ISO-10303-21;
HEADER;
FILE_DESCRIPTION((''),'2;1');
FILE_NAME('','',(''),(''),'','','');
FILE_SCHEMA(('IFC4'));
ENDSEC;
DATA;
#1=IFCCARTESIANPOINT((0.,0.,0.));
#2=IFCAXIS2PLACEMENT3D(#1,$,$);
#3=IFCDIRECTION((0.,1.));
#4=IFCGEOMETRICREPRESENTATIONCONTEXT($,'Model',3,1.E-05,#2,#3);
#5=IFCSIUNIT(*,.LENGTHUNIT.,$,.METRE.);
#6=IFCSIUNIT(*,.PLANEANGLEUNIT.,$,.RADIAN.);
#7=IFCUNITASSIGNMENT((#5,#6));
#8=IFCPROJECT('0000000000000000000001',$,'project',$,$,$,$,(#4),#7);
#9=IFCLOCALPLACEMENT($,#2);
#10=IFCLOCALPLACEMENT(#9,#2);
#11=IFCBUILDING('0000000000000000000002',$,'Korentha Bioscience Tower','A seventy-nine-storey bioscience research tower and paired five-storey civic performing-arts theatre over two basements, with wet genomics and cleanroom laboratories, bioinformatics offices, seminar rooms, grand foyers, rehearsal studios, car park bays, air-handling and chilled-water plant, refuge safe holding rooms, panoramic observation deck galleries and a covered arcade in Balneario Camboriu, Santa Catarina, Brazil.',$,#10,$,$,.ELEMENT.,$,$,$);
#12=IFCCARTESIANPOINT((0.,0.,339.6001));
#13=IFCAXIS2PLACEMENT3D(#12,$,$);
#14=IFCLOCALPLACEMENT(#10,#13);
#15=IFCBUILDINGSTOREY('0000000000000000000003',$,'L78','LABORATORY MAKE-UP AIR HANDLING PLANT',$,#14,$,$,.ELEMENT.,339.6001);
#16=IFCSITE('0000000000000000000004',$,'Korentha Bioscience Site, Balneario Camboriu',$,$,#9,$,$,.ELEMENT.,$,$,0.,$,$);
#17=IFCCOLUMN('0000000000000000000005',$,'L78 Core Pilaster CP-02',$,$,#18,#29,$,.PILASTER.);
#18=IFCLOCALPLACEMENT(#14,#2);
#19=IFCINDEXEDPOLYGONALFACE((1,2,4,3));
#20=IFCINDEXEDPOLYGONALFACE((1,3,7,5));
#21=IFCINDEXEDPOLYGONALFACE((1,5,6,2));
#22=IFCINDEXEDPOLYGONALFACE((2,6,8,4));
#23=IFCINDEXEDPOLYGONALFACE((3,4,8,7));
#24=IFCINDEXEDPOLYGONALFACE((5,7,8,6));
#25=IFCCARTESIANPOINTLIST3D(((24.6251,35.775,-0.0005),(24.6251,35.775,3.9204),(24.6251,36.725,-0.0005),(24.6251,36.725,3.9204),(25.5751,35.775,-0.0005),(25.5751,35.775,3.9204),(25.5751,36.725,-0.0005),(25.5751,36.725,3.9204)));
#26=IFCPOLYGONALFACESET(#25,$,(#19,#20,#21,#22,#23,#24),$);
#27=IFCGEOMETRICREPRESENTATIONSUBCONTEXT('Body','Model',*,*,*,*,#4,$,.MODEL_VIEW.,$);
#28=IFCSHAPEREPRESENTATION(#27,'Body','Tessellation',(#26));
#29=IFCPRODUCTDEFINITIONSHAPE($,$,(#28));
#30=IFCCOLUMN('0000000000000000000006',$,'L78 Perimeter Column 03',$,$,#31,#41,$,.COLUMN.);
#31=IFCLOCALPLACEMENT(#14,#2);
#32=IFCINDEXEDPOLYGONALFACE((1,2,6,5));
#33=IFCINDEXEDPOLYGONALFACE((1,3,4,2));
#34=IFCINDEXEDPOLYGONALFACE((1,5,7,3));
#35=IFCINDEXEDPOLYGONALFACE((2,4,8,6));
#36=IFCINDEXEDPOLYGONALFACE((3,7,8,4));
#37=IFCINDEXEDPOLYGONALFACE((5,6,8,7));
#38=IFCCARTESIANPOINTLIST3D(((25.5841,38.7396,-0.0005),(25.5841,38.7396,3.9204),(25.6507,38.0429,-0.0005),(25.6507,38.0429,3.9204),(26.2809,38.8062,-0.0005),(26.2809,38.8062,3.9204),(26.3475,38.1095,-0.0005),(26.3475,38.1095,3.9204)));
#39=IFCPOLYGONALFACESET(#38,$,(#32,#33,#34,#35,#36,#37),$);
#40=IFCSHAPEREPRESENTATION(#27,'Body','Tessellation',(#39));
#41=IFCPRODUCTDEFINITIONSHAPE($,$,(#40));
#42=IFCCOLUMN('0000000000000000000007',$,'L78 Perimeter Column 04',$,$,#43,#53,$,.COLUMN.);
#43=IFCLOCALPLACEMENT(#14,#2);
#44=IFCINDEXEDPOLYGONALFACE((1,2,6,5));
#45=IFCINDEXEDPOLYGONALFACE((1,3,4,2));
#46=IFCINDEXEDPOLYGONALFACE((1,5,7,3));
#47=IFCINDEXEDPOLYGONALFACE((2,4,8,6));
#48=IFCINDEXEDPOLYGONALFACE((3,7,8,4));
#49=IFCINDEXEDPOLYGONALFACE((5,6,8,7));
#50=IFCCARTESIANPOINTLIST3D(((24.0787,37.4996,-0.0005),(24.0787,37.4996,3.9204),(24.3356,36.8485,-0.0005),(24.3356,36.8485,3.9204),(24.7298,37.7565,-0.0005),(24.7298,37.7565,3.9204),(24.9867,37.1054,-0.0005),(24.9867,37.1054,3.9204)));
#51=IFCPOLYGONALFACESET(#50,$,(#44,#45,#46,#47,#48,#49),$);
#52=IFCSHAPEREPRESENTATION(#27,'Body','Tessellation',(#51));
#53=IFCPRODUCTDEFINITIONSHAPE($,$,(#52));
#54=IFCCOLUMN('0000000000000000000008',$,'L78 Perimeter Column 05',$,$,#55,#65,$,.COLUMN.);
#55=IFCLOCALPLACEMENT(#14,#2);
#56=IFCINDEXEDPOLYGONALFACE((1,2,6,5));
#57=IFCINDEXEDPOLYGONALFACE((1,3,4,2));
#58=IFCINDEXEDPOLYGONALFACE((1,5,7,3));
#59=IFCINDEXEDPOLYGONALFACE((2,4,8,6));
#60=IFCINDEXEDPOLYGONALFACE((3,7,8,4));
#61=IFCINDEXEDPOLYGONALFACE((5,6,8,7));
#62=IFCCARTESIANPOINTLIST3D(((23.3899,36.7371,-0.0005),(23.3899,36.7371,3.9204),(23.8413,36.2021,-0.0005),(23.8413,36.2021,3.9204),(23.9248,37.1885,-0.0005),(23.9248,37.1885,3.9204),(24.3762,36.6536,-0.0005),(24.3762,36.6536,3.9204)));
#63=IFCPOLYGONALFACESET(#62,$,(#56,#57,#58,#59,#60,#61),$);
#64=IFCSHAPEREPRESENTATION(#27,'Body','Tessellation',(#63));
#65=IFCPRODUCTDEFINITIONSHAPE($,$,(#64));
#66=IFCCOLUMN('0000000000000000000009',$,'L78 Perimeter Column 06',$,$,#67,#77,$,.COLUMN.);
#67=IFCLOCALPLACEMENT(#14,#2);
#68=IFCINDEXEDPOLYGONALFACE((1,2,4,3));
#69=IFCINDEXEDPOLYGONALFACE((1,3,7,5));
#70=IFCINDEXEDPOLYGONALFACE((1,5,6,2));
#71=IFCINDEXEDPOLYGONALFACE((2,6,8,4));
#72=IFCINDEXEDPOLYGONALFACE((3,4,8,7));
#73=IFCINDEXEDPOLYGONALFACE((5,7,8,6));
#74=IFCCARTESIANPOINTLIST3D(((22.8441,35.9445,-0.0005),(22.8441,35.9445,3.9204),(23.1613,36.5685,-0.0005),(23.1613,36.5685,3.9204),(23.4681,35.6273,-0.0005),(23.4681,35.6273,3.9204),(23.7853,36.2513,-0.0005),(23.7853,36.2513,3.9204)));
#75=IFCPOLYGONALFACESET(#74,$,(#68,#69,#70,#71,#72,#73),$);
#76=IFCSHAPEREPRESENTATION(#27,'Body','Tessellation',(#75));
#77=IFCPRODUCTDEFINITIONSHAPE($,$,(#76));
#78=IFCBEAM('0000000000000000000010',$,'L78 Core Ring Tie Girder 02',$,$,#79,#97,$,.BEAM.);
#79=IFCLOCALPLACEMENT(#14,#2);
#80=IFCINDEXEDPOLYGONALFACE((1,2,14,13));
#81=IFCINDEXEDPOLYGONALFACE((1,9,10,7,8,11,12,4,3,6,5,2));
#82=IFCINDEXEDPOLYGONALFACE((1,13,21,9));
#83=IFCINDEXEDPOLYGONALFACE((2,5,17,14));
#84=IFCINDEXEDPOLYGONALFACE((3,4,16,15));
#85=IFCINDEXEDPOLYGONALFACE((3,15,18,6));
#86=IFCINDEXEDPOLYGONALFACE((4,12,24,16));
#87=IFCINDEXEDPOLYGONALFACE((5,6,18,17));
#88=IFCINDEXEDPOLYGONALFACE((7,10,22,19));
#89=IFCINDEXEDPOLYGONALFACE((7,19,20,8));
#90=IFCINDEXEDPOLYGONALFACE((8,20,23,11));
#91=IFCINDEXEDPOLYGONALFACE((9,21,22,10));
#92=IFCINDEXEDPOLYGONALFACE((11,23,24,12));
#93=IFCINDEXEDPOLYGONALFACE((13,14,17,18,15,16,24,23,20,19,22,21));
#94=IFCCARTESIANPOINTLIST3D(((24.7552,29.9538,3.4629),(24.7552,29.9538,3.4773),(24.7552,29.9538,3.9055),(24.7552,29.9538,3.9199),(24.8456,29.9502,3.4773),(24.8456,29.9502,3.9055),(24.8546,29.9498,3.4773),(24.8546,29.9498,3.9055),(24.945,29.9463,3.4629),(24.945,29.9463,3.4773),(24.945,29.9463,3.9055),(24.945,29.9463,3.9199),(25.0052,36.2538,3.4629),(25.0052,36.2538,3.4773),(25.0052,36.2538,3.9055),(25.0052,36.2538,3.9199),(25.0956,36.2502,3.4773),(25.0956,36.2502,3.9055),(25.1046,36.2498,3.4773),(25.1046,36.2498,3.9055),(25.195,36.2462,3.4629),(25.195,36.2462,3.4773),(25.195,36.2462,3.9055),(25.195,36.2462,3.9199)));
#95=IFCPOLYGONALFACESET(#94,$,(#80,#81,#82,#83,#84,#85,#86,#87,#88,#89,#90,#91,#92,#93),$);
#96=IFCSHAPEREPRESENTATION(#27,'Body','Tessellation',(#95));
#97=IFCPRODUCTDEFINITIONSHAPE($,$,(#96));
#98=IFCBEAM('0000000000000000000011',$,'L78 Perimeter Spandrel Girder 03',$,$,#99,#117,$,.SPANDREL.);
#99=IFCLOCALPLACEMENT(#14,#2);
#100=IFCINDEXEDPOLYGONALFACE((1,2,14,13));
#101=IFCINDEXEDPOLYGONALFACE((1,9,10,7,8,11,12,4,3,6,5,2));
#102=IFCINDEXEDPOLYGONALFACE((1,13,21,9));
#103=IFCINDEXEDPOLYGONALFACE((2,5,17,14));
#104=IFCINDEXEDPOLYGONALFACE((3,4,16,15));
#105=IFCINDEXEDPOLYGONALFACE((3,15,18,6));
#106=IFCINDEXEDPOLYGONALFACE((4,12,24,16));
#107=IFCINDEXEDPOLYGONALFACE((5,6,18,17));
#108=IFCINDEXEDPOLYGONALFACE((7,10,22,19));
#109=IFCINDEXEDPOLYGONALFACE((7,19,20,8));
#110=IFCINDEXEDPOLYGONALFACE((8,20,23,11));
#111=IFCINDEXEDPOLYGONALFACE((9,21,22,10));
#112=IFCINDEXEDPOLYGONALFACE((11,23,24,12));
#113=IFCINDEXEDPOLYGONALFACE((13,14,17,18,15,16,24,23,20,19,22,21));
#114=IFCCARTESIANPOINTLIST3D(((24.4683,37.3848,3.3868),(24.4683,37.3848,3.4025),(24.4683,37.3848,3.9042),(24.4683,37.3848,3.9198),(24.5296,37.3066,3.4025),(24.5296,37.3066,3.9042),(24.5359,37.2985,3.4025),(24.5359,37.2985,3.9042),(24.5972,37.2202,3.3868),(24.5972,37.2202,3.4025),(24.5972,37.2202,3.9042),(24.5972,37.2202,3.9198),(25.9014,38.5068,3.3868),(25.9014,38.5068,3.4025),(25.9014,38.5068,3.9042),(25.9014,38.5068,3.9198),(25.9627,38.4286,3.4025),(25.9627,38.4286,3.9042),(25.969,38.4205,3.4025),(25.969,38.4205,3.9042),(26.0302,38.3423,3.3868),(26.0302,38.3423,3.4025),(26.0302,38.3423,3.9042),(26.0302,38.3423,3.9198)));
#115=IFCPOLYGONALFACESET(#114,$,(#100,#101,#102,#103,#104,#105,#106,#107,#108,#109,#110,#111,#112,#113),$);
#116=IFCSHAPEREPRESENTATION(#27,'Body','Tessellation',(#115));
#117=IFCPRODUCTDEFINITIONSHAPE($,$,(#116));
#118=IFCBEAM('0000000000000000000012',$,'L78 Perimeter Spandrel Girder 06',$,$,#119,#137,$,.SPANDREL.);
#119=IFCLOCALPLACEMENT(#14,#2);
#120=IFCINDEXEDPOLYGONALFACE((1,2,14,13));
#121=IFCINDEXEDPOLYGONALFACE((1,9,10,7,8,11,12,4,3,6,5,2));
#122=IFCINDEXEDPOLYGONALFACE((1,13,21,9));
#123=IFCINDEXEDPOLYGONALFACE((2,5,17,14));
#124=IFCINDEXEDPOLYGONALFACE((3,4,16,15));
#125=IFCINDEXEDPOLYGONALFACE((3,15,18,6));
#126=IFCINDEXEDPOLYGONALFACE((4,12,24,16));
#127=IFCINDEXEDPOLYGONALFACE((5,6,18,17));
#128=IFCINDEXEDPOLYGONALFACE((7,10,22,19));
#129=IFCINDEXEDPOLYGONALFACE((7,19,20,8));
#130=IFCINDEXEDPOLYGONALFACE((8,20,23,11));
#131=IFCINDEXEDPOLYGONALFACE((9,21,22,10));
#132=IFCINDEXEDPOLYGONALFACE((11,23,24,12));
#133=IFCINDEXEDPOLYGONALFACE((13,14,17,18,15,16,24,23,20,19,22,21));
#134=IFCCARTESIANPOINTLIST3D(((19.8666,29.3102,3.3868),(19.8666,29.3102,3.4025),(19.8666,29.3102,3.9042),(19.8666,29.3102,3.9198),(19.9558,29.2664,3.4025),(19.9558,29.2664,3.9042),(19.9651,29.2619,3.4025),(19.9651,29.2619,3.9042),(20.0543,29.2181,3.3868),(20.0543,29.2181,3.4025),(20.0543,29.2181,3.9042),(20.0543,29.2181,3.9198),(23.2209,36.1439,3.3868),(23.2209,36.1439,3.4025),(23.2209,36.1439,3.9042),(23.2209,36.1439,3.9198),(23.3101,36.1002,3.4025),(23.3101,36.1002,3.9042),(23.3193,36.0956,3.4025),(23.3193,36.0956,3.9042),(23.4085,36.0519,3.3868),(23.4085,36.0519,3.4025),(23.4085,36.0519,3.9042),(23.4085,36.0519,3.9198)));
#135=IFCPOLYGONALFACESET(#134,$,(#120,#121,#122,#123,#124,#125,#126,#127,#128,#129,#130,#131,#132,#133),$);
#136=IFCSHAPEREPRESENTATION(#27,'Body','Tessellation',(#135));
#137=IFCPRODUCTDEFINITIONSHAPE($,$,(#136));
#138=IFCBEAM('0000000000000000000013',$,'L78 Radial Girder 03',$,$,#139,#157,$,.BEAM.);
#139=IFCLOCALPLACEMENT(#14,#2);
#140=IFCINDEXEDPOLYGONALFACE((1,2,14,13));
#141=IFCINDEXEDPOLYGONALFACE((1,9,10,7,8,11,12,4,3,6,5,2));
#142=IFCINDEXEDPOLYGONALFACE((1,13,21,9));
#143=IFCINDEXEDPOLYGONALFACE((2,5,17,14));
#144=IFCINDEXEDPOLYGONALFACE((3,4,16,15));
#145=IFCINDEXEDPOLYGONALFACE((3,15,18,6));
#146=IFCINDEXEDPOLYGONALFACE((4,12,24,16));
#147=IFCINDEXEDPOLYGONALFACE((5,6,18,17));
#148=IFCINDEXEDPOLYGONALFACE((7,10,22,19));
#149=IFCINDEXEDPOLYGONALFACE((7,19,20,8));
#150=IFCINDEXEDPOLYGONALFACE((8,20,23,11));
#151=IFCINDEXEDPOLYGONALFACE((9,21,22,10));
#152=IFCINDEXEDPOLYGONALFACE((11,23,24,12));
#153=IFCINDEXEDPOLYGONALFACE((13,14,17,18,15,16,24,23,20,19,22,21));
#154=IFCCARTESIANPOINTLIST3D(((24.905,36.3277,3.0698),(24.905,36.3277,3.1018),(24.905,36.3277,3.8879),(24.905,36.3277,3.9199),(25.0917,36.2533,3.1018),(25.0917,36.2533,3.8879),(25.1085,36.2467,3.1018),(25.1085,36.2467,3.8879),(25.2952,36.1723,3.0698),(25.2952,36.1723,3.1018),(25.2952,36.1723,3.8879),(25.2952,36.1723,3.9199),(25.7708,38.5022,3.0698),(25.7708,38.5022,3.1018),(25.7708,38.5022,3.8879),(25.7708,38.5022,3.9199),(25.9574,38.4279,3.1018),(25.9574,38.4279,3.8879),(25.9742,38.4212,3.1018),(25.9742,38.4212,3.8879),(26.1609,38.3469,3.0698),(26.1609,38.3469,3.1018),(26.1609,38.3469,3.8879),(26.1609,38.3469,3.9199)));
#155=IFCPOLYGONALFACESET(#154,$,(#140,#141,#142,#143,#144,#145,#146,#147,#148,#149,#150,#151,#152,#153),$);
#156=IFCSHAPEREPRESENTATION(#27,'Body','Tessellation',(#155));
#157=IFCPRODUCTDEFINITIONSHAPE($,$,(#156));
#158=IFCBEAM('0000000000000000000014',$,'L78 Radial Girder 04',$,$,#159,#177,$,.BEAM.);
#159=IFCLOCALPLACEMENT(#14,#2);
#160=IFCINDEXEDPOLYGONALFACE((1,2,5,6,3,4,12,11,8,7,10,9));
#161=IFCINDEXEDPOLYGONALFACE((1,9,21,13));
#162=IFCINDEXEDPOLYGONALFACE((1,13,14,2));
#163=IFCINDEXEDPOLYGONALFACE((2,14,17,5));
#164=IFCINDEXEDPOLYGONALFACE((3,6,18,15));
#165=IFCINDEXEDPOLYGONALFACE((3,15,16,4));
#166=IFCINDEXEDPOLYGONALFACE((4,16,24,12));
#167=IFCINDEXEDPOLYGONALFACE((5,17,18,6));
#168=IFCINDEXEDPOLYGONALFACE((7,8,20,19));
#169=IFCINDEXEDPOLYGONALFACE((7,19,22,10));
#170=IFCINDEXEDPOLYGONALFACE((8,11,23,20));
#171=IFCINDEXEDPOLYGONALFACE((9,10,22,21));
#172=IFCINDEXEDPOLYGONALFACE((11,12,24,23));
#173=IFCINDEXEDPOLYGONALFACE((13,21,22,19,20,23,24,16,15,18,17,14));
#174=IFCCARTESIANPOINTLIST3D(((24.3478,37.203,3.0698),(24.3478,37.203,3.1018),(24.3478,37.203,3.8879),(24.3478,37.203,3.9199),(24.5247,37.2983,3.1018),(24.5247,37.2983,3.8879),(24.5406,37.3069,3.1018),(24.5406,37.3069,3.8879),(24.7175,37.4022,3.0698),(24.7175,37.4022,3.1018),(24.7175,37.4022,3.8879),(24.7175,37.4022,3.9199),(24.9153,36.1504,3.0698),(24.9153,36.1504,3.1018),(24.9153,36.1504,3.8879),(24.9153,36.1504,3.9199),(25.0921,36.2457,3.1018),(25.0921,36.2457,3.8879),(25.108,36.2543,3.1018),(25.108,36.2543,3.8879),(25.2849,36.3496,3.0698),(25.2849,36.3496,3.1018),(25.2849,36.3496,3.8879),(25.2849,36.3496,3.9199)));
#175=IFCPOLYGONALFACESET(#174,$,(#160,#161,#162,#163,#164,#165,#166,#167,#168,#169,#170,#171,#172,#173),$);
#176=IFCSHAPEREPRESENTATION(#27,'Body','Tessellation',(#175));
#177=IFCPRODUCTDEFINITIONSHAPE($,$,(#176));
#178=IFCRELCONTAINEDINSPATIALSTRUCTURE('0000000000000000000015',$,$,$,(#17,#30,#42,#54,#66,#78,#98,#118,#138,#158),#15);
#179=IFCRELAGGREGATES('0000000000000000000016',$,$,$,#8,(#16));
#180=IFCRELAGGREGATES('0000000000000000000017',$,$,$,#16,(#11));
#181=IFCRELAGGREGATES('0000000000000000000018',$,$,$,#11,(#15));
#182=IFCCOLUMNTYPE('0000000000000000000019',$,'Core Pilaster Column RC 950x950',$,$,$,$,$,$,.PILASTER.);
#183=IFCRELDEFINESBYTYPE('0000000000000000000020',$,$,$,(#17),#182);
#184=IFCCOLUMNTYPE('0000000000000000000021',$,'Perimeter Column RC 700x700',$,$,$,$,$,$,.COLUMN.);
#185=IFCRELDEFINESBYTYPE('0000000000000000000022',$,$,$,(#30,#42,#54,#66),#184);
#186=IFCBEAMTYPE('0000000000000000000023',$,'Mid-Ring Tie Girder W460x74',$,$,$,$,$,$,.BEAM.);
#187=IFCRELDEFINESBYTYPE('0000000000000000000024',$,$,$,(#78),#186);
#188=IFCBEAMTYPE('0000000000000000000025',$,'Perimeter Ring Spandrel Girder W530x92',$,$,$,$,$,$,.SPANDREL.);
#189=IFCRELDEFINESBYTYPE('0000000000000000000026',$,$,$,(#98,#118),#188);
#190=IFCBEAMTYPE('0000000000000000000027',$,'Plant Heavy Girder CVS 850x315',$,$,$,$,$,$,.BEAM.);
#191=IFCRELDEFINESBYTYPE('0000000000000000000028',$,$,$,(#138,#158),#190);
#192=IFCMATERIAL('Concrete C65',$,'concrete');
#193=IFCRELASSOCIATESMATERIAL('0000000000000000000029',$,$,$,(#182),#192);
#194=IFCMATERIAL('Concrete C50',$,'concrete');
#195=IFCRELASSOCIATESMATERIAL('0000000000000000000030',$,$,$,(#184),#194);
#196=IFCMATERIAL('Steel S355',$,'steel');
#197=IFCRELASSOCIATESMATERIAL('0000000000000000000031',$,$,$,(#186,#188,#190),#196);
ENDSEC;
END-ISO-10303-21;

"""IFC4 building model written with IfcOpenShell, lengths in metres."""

from ifc_helpers import new_model, si_unit, direction, frame, origin, origin_2d, place, context, subcontext, project, spatial, rectangle, i_section, extrude, material, material_profile, profile_set, type_object, element, save


model = new_model("IFC4")

# Units and contexts
model_context = context("Model", 3, precision=1e-05, world=origin(), true_north=direction((0.0, 1.0)))
body_context = subcontext(model_context, "Body", "Model", "MODEL_VIEW")
ifc_project = project(units=[si_unit("LENGTHUNIT", "METRE"), si_unit("PLANEANGLEUNIT", "RADIAN")], contexts=[model_context])

# Site, building, storey
site_placement = place(None, origin())
site = spatial("IfcSite", under=ifc_project, at=site_placement, Name="Korentha Bioscience Site, Balneario Camboriu", CompositionType="ELEMENT", RefElevation=0.0)
building_placement = place(site_placement, origin())
building = spatial("IfcBuilding", under=site, at=building_placement, Name="Korentha Bioscience Tower", Description="A seventy-nine-storey bioscience research tower and paired five-storey civic performing-arts theatre over two basements, with wet genomics and cleanroom laboratories, bioinformatics offices, seminar rooms, grand foyers, rehearsal studios, car park bays, air-handling and chilled-water plant, refuge safe holding rooms, panoramic observation deck galleries and a covered arcade in Balneario Camboriu, Santa Catarina, Brazil.", CompositionType="ELEMENT")
storey_placement = place(building_placement, frame((0.0, 0.0, 339.6001)))
storey = spatial("IfcBuildingStorey", under=building, at=storey_placement, Name="L78", Description="LABORATORY MAKE-UP AIR HANDLING PLANT", CompositionType="ELEMENT", Elevation=339.6001)

# Columns
ifc_material_1 = material(Name="Concrete C65", Category="concrete")
ifc_material_profile_1 = material_profile(ifc_material_1, rectangle(XDim=0.95, YDim=0.95, at=origin_2d()), Name="Concrete C65")
ifc_profile_set_1 = profile_set([ifc_material_profile_1], Name="Concrete C65 (COL-CP09)")
column_type_1 = type_object("IfcColumnType", Name="Core Pilaster Column RC 950x950", PredefinedType="PILASTER", material=ifc_profile_set_1)
column_placement = place(storey_placement, frame((25.1001, 36.25, -0.0005), z_axis=(0.0, 0.0, 1.0), x_axis=(1.0, 0.0, 0.0)))
element("IfcColumn", 1, at=column_placement, inside=storey, type_object=column_type_1, Name="L78 Core Pilaster CP-02", PredefinedType="PILASTER", context=body_context, shape_type="SweptSolid", body=[
    extrude(rectangle(XDim=0.95, YDim=0.95, at=origin_2d()), origin(), (0.0, 0.0, 1.0), 3.9209),
])
ifc_material_2 = material(Name="Concrete C50", Category="concrete")
ifc_material_profile_2 = material_profile(ifc_material_2, rectangle(XDim=0.7, YDim=0.7, at=origin_2d()), Name="Concrete C50")
ifc_profile_set_2 = profile_set([ifc_material_profile_2], Name="Concrete C50 (COL-P07)")
column_type_2 = type_object("IfcColumnType", Name="Perimeter Column RC 700x700", PredefinedType="COLUMN", material=ifc_profile_set_2)
for number, where, z_axis, x_axis, name in (
    (2, (25.9658, 38.4246, -0.0005), (0.0, 0.0, 1.0), (0.995463, 0.095151, 0.0), "L78 Perimeter Column 03"),
    (3, (24.5327, 37.3025, -0.0005), (0.0, 0.0, 1.0), (0.930226, 0.366988, 0.0), "L78 Perimeter Column 04"),
    (4, (23.8831, 36.6953, -0.0005), (0.0, 0.0, 1.0), (0.764246, 0.644924, 0.0), "L78 Perimeter Column 05"),
    (5, (23.3147, 36.0979, -0.0005), (0.0, 0.0, 1.0), (0.453057, 0.891481, 0.0), "L78 Perimeter Column 06"),
):
    element("IfcColumn", number, at=place(storey_placement, frame(where, z_axis=z_axis, x_axis=x_axis)), inside=storey, type_object=column_type_2, Name=name, PredefinedType="COLUMN", context=body_context, shape_type="SweptSolid", body=[
        extrude(rectangle(XDim=0.7, YDim=0.7, at=origin_2d()), origin(), (0.0, 0.0, 1.0), 3.9209),
    ])

# Beams
ifc_material_3 = material(Name="Steel S355", Category="steel")
ifc_material_profile_3 = material_profile(ifc_material_3, i_section(OverallWidth=0.1899, OverallDepth=0.457, WebThickness=0.009, FlangeThickness=0.0144, at=origin_2d()), Name="Steel S355")
ifc_profile_set_3 = profile_set([ifc_material_profile_3], Name="Steel S355 (MB-460)")
beam_type_1 = type_object("IfcBeamType", Name="Mid-Ring Tie Girder W460x74", PredefinedType="BEAM", material=ifc_profile_set_3)
beam_1_placement = place(storey_placement, frame((25.1001, 36.25, 3.6914), z_axis=(-0.039651, -0.999214, 0.0), x_axis=(0.999214, -0.039651, 0.0)))
element("IfcBeam", 6, at=beam_1_placement, inside=storey, type_object=beam_type_1, Name="L78 Core Ring Tie Girder 02", PredefinedType="BEAM", context=body_context, shape_type="SweptSolid", body=[
    extrude(i_section(OverallWidth=0.1899, OverallDepth=0.457, WebThickness=0.009, FlangeThickness=0.0144, at=origin_2d()), origin(), (0.0, 0.0, 1.0), 6.3049),
])
ifc_material_profile_4 = material_profile(ifc_material_3, i_section(OverallWidth=0.209, OverallDepth=0.533, WebThickness=0.0103, FlangeThickness=0.0156, at=origin_2d()), Name="Steel S355")
ifc_profile_set_4 = profile_set([ifc_material_profile_4], Name="Steel S355 (SB-530)")
beam_type_2 = type_object("IfcBeamType", Name="Perimeter Ring Spandrel Girder W530x92", PredefinedType="SPANDREL", material=ifc_profile_set_4)
beam_2_placement = place(storey_placement, frame((25.9658, 38.4246, 3.6533), z_axis=(-0.787369, -0.616482, 0.0), x_axis=(0.616482, -0.787369, 0.0)))
element("IfcBeam", 7, at=beam_2_placement, inside=storey, type_object=beam_type_2, Name="L78 Perimeter Spandrel Girder 03", PredefinedType="SPANDREL", context=body_context, shape_type="SweptSolid", body=[
    extrude(i_section(OverallWidth=0.209, OverallDepth=0.533, WebThickness=0.0103, FlangeThickness=0.0156, at=origin_2d()), origin(), (0.0, 0.0, 1.0), 1.8201),
])
beam_3_placement = place(storey_placement, frame((23.3147, 36.0979, 3.6533), z_axis=(-0.440621, -0.897693, 0.0), x_axis=(0.897693, -0.440621, 0.0)))
element("IfcBeam", 8, at=beam_3_placement, inside=storey, type_object=beam_type_2, Name="L78 Perimeter Spandrel Girder 06", PredefinedType="SPANDREL", context=body_context, shape_type="SweptSolid", body=[
    extrude(i_section(OverallWidth=0.209, OverallDepth=0.533, WebThickness=0.0103, FlangeThickness=0.0156, at=origin_2d()), origin(), (0.0, 0.0, 1.0), 7.6125),
])
ifc_material_profile_5 = material_profile(ifc_material_3, i_section(OverallWidth=0.4199, OverallDepth=0.8501, WebThickness=0.0181, FlangeThickness=0.032, at=origin_2d()), Name="Steel S355")
ifc_profile_set_5 = profile_set([ifc_material_profile_5], Name="Steel S355 (MB-850)")
beam_type_3 = type_object("IfcBeamType", Name="Plant Heavy Girder CVS 850x315", PredefinedType="BEAM", material=ifc_profile_set_5)
beam_4_placement = place(storey_placement, frame((25.1001, 36.25, 3.4949), z_axis=(0.36988, 0.92908, 0.0), x_axis=(-0.92908, 0.36988, 0.0)))
element("IfcBeam", 9, at=beam_4_placement, inside=storey, type_object=beam_type_3, Name="L78 Radial Girder 03", PredefinedType="BEAM", context=body_context, shape_type="SweptSolid", body=[
    extrude(i_section(OverallWidth=0.4199, OverallDepth=0.8501, WebThickness=0.0181, FlangeThickness=0.032, at=origin_2d()), origin(), (0.0, 0.0, 1.0), 2.3406),
])
beam_5_placement = place(storey_placement, frame((25.1001, 36.25, 3.4949), z_axis=(-0.474526, 0.880242, 0.0), x_axis=(-0.880242, -0.474526, 0.0)))
element("IfcBeam", 10, at=beam_5_placement, inside=storey, type_object=beam_type_3, Name="L78 Radial Girder 04", PredefinedType="BEAM", context=body_context, shape_type="SweptSolid", body=[
    extrude(i_section(OverallWidth=0.4199, OverallDepth=0.8501, WebThickness=0.0181, FlangeThickness=0.032, at=origin_2d()), origin(), (0.0, 0.0, 1.0), 1.1958),
])

save(model, "model.ifc")
